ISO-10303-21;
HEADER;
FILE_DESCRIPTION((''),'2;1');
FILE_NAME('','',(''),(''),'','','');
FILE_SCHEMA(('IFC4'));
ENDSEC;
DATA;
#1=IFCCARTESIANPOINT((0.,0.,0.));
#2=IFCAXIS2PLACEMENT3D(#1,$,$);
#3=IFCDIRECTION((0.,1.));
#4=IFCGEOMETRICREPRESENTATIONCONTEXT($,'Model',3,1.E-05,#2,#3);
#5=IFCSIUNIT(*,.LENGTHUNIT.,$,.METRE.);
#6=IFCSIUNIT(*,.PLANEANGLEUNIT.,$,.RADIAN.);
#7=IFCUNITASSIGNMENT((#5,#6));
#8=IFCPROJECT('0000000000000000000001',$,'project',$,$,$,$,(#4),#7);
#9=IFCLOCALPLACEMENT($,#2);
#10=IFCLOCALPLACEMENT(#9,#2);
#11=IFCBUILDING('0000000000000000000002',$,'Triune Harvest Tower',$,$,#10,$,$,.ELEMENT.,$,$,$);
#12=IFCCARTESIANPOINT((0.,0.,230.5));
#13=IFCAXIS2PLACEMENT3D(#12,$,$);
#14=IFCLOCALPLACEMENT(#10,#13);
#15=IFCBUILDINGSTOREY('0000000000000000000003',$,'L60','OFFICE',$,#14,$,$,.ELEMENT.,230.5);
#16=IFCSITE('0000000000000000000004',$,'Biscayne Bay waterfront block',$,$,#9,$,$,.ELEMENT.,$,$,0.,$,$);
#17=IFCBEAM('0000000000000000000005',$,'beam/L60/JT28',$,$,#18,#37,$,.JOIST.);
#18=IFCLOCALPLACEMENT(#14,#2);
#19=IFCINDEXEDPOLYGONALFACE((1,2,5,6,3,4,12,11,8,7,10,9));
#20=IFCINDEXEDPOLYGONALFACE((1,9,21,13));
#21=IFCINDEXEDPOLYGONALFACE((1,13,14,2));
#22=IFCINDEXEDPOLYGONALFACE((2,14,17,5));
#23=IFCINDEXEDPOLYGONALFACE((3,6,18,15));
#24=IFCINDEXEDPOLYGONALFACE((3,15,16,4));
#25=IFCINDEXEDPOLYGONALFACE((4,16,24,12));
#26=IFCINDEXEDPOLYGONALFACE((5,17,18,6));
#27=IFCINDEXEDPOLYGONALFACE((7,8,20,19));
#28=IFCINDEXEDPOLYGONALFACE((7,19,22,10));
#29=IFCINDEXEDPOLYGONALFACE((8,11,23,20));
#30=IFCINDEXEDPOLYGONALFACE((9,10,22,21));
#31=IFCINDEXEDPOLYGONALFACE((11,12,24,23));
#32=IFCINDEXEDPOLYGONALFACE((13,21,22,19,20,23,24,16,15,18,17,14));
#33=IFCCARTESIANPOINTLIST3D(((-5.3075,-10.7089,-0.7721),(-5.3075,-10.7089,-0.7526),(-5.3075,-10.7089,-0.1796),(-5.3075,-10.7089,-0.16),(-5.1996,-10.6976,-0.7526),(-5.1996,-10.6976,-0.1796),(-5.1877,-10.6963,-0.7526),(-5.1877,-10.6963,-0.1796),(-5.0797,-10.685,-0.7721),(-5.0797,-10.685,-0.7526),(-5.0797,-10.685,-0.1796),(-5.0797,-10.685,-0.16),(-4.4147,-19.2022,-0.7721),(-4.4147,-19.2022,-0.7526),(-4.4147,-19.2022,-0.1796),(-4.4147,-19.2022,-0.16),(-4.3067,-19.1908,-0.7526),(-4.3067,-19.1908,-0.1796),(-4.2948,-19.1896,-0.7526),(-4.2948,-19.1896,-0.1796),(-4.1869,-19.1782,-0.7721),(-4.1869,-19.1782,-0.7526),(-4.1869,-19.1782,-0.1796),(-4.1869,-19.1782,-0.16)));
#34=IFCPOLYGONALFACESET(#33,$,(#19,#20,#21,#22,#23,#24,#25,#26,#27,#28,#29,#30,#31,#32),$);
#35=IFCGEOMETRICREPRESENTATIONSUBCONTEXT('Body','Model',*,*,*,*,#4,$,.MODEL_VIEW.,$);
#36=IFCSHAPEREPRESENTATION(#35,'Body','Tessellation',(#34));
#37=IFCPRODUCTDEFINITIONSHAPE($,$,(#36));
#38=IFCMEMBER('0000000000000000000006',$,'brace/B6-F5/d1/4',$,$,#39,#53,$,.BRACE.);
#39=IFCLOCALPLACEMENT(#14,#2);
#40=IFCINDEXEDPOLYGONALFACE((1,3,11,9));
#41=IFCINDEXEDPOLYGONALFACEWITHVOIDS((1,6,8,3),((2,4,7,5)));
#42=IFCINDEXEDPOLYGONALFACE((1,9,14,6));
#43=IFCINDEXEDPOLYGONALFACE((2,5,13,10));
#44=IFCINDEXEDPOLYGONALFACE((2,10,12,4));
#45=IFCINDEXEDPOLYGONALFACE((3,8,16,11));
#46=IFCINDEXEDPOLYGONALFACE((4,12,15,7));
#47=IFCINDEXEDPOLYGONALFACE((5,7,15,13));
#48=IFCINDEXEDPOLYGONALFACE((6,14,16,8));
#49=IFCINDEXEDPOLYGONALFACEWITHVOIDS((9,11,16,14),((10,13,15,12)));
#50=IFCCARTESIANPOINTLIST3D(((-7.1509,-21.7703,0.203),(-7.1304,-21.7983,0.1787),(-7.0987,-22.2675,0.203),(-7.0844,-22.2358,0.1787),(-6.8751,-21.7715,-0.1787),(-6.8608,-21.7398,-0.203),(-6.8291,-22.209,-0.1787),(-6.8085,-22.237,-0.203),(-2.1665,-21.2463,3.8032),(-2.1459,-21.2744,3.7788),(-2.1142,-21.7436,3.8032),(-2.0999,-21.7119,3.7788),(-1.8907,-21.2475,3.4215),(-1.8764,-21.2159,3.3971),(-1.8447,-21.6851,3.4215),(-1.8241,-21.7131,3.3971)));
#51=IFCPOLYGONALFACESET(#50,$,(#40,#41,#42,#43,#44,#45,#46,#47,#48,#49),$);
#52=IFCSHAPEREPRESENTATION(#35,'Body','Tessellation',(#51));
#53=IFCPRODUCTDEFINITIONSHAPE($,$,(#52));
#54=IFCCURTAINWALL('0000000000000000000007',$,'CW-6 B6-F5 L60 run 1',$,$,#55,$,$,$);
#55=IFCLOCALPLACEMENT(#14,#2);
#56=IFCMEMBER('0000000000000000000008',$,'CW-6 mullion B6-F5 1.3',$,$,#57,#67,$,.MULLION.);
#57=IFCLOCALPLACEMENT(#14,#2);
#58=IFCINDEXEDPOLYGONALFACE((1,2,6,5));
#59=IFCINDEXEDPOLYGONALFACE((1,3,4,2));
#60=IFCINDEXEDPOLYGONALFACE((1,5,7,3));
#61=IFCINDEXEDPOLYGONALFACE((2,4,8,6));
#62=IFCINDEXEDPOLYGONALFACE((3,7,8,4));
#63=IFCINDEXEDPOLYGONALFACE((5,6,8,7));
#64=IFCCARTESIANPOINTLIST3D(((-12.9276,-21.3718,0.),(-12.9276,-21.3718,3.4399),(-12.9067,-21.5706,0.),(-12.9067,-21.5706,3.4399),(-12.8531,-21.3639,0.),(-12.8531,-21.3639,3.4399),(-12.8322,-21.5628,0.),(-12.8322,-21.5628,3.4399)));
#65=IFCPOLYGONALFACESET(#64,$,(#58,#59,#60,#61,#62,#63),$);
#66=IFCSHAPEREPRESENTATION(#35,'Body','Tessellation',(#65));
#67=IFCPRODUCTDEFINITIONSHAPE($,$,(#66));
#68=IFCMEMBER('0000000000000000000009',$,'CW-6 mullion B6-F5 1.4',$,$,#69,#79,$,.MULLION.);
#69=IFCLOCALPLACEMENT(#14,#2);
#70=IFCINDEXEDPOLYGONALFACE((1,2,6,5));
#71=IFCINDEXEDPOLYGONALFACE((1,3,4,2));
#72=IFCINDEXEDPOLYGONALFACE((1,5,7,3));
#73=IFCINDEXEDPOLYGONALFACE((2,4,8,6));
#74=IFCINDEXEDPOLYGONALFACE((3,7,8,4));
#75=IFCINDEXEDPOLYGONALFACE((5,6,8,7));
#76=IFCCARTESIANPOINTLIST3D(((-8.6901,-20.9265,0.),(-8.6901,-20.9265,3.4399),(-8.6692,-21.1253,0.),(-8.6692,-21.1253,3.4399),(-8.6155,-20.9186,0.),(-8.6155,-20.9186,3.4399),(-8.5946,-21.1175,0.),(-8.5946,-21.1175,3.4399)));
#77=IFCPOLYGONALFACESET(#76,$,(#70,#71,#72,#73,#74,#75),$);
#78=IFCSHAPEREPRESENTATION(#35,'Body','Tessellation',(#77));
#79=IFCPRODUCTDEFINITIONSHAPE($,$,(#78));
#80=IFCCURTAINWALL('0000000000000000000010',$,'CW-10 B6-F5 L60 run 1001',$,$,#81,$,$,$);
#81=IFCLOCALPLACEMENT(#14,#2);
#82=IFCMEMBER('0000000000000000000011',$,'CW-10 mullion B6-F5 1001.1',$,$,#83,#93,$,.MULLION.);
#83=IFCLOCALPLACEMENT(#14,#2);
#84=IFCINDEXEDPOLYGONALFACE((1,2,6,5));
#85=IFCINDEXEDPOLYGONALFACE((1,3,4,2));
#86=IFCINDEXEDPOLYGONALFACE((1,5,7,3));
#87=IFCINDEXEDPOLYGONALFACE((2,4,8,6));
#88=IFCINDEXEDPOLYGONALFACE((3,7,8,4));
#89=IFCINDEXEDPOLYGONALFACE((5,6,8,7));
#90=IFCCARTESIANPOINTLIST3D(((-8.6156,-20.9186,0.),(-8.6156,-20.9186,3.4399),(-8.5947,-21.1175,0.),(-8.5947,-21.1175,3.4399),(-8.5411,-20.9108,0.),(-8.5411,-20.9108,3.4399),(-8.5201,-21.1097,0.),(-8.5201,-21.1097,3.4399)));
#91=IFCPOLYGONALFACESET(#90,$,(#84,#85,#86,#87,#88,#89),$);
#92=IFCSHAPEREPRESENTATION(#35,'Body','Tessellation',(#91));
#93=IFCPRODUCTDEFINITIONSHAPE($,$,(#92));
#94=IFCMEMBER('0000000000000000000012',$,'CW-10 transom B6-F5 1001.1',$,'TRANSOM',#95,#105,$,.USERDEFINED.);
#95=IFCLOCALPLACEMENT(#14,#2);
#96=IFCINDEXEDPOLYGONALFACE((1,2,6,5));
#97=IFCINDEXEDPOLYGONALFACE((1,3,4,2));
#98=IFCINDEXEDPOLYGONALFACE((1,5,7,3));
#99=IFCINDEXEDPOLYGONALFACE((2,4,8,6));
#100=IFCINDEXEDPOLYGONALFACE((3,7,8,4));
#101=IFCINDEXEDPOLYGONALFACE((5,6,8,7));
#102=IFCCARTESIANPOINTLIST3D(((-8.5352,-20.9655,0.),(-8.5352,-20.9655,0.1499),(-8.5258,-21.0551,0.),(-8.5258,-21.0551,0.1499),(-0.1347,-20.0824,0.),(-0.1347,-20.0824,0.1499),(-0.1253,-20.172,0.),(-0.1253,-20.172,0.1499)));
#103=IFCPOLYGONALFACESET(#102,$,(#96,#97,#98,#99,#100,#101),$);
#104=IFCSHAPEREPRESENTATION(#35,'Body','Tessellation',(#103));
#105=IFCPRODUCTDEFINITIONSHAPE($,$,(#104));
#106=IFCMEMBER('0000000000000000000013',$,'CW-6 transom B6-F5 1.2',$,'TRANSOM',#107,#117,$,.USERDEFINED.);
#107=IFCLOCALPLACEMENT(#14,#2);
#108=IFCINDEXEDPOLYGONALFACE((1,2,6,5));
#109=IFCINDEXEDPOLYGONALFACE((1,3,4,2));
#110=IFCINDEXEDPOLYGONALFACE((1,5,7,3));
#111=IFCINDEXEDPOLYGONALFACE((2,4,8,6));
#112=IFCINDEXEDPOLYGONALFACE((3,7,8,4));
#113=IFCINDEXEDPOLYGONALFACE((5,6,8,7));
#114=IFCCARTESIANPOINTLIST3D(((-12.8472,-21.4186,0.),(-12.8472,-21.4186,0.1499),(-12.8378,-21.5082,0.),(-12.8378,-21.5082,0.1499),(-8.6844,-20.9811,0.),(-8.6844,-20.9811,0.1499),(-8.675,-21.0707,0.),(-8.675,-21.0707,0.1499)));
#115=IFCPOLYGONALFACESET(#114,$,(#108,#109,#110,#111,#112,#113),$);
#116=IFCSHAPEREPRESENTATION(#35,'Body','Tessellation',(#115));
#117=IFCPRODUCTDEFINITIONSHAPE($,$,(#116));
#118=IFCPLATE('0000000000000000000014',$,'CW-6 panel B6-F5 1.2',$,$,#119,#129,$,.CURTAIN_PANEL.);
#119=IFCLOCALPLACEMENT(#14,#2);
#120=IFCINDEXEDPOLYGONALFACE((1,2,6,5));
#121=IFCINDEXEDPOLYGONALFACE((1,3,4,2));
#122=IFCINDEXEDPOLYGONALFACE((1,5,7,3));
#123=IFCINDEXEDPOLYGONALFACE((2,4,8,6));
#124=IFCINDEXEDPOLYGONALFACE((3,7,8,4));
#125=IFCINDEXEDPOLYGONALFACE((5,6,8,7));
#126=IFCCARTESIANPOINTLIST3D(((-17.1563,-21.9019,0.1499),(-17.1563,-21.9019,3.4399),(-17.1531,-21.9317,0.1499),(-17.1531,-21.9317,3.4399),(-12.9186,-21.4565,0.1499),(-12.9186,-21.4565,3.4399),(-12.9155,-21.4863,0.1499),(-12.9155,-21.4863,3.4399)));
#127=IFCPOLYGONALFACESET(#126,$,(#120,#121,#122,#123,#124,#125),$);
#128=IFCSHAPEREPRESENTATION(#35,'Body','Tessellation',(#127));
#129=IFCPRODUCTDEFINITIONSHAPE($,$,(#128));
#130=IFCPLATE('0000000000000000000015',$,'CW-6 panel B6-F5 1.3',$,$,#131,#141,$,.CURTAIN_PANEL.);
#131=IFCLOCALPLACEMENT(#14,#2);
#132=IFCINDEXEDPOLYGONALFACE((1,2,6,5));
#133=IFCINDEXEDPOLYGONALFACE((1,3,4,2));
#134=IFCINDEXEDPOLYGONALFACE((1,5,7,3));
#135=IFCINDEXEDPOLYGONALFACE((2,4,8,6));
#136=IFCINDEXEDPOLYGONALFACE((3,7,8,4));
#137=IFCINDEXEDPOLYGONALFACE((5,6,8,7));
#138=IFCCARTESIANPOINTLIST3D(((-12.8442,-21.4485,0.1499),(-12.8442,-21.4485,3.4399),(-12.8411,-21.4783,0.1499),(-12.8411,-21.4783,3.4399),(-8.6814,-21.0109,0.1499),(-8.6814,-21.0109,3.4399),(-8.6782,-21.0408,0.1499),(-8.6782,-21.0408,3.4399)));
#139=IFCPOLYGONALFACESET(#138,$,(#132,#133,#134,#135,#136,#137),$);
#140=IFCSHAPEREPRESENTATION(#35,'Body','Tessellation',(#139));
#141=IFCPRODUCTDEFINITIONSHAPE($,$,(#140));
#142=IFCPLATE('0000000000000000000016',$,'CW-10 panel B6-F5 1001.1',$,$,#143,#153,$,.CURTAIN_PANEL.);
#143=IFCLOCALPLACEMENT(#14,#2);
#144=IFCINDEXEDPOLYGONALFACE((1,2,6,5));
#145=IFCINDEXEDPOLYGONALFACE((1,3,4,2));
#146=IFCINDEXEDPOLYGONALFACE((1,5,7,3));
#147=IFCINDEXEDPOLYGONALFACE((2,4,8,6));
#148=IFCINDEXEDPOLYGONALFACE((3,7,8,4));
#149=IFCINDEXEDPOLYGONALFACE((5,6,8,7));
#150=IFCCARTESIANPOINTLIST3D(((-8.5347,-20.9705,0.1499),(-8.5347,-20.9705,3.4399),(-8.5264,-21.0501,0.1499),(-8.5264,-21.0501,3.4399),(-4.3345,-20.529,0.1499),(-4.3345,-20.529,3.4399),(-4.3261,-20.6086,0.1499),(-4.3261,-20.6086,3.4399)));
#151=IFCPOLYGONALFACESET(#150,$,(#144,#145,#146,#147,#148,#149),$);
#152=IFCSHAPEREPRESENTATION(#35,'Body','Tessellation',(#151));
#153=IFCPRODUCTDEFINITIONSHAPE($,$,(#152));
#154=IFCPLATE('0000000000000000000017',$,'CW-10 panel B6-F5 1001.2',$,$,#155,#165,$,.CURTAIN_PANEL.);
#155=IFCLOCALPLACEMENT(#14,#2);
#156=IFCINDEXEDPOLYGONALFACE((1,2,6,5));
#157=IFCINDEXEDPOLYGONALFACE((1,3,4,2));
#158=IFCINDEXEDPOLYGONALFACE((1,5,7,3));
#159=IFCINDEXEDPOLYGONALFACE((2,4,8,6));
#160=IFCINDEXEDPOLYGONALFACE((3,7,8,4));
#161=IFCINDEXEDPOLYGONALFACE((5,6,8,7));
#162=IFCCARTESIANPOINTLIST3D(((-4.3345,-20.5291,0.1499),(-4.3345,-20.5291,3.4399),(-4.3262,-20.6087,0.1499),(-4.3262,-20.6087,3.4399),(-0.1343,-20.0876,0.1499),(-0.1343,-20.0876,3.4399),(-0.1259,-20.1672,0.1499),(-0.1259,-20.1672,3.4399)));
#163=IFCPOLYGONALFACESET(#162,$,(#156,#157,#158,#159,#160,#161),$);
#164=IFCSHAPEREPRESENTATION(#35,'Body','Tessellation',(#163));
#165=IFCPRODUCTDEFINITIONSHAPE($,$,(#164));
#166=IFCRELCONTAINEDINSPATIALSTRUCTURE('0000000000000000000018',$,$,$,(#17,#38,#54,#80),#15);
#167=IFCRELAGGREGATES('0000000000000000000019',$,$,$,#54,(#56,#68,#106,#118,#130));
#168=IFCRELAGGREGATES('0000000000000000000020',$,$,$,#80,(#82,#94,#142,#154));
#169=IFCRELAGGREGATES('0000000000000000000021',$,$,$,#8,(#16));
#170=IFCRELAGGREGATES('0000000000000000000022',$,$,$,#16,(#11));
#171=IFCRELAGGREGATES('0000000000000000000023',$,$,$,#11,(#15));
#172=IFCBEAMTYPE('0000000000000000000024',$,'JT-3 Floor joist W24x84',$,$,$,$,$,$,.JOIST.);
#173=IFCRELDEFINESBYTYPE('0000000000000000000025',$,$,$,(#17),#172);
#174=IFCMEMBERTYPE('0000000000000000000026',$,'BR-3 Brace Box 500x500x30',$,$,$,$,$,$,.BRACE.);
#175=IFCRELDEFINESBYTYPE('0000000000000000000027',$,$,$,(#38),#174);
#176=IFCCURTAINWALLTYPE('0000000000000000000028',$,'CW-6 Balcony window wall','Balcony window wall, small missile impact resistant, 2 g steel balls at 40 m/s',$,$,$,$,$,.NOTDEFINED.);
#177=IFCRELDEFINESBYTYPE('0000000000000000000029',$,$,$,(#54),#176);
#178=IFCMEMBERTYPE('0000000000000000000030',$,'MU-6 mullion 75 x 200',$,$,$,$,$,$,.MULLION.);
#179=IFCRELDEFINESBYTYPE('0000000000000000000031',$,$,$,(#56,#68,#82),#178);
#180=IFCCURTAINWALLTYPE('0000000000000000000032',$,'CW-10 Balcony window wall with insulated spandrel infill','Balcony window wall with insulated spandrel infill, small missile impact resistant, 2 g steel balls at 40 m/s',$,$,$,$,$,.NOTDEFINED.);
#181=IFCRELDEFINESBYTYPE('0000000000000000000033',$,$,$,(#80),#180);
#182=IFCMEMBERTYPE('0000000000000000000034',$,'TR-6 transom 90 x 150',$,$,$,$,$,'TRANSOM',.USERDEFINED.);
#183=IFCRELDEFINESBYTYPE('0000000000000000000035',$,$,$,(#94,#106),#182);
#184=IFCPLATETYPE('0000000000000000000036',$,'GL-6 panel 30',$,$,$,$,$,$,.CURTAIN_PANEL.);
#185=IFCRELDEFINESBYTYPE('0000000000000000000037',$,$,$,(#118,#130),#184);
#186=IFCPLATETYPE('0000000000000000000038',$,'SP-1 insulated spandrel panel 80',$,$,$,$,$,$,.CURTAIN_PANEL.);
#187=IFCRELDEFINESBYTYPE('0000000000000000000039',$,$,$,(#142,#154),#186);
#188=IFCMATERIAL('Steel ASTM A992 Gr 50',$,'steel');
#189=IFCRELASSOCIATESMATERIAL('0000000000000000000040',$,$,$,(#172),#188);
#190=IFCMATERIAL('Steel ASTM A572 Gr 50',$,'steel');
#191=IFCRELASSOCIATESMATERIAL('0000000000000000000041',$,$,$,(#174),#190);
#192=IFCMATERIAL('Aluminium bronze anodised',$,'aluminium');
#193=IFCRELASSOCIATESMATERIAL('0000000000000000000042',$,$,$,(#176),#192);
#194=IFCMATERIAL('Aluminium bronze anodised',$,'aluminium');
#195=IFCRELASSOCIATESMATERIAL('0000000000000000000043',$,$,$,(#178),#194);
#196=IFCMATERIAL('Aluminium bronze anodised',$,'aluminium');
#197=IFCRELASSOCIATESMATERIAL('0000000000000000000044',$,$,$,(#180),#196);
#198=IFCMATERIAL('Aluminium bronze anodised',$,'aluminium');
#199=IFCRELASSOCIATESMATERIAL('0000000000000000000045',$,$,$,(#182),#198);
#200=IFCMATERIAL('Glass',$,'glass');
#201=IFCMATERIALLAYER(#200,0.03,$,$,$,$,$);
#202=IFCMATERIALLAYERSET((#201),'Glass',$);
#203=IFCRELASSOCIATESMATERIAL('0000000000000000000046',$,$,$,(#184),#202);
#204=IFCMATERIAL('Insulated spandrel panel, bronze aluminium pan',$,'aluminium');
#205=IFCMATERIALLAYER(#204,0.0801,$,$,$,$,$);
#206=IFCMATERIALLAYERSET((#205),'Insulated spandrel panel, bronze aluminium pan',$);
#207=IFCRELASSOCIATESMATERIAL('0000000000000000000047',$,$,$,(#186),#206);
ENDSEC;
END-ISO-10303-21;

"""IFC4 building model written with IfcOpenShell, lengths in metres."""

from ifc_helpers import new_model, si_unit, direction, frame, origin, origin_2d, place, context, subcontext, project, spatial, rectangle, hollow_rectangle, i_section, extrude, source, transform, mapped, material, layer, layer_set, material_profile, profile_set, type_object, element, aggregate, save


model = new_model("IFC4")

# Units and contexts
model_context = context("Model", 3, precision=1e-05, world=origin(), true_north=direction((0.0, 1.0)))
body_context = subcontext(model_context, "Body", "Model", "MODEL_VIEW")
ifc_project = project(units=[si_unit("LENGTHUNIT", "METRE"), si_unit("PLANEANGLEUNIT", "RADIAN")], contexts=[model_context])

# Site, building, storey
site_placement = place(None, origin())
site = spatial("IfcSite", under=ifc_project, at=site_placement, Name="Biscayne Bay waterfront block", CompositionType="ELEMENT", RefElevation=0.0)
building_placement = place(site_placement, origin())
building = spatial("IfcBuilding", under=site, at=building_placement, Name="Triune Harvest Tower", CompositionType="ELEMENT")
storey_placement = place(building_placement, frame((0.0, 0.0, 230.5)))
storey = spatial("IfcBuildingStorey", under=building, at=storey_placement, Name="L60", Description="OFFICE", CompositionType="ELEMENT", Elevation=230.5)

# Beam
ifc_material_1 = material(Name="Steel ASTM A992 Gr 50", Category="steel")
ifc_material_profile_1 = material_profile(ifc_material_1, i_section(OverallWidth=0.229, OverallDepth=0.6121, WebThickness=0.012, FlangeThickness=0.0195, at=origin_2d()), Name="W24x84")
ifc_profile_set_1 = profile_set([ifc_material_profile_1], Name="Steel ASTM A992 Gr 50")
beam_type_1 = type_object("IfcBeamType", Name="JT-3 Floor joist W24x84", PredefinedType="JOIST", material=ifc_profile_set_1)
shared_shape_1 = source(origin(), body_context, "Body", "SweptSolid", [
    extrude(i_section(OverallWidth=0.229, OverallDepth=0.6121, WebThickness=0.012, FlangeThickness=0.0195, at=origin_2d()), origin(), (0.0, 0.0, 1.0), 8.54),
])
beam_1_placement = place(storey_placement, frame((-4.3008, -19.1902, -0.4661), z_axis=(-0.104546, 0.99452, 0.0), x_axis=(-0.99452, -0.104546, 0.0)))
element("IfcBeam", 1, at=beam_1_placement, inside=storey, type_object=beam_type_1, Name="beam/L60/JT28", PredefinedType="JOIST", context=body_context, shape_type="MappedRepresentation", body=[
    mapped(shared_shape_1, transform((0.0, 0.0, 0.0), scale=1.0)),
])

# Member
ifc_material_2 = material(Name="Steel ASTM A572 Gr 50", Category="steel")
ifc_material_profile_2 = material_profile(ifc_material_2, hollow_rectangle(XDim=0.5, YDim=0.5, WallThickness=0.03, at=origin_2d()), Name="Box 500x500x30")
ifc_profile_set_2 = profile_set([ifc_material_profile_2], Name="Steel ASTM A572 Gr 50")
member_type_1 = type_object("IfcMemberType", Name="BR-3 Brace Box 500x500x30", PredefinedType="BRACE", material=ifc_profile_set_2)
shared_shape_2 = source(origin(), body_context, "Body", "SweptSolid", [
    extrude(hollow_rectangle(XDim=0.5, YDim=0.5, WallThickness=0.03, at=origin_2d()), origin(), (0.0, 0.0, 1.0), 6.1709),
])
member_1_placement = place(storey_placement, frame((-6.9797, -22.0037, 0.0), z_axis=(0.807731, 0.084904, 0.583405), x_axis=(-0.104538, 0.994521, 0.0)))
element("IfcMember", 2, at=member_1_placement, inside=storey, type_object=member_type_1, Name="brace/B6-F5/d1/4", PredefinedType="BRACE", context=body_context, shape_type="MappedRepresentation", body=[
    mapped(shared_shape_2, transform((0.0, 0.0, 0.0), scale=1.0)),
])

# Curtain walls, members
ifc_material_3 = material(Name="Aluminium bronze anodised", Category="aluminium")
curtain_wall_type_1 = type_object("IfcCurtainWallType", Name="CW-6 Balcony window wall", Description="Balcony window wall, small missile impact resistant, 2 g steel balls at 40 m/s", PredefinedType="NOTDEFINED", material=ifc_material_3)
curtain_wall_1_placement = place(storey_placement, origin())
curtain_wall_1 = element("IfcCurtainWall", 3, at=curtain_wall_1_placement, inside=storey, type_object=curtain_wall_type_1, Name="CW-6 B6-F5 L60 run 1")
ifc_material_4 = material(Name="Aluminium bronze anodised", Category="aluminium")
ifc_material_profile_3 = material_profile(ifc_material_4, rectangle(XDim=0.2, YDim=0.075, at=origin_2d()), Name="MU-6 mullion 75 x 200")
ifc_profile_set_3 = profile_set([ifc_material_profile_3], Name="Aluminium bronze anodised")
member_type_2 = type_object("IfcMemberType", Name="MU-6 mullion 75 x 200", PredefinedType="MULLION", material=ifc_profile_set_3)
shared_shape_3 = source(origin(), body_context, "Body", "SweptSolid", [
    extrude(rectangle(XDim=0.2, YDim=0.075, at=origin_2d()), origin(), (0.0, 0.0, 1.0), 3.4399),
])
member_2_placement = place(storey_placement, frame((-12.8799, -21.4673, 0.0), z_axis=(0.0, 0.0, 1.0), x_axis=(-0.104527, 0.994522, 0.0)))
member_2 = element("IfcMember", 4, at=member_2_placement, type_object=member_type_2, Name="CW-6 mullion B6-F5 1.3", PredefinedType="MULLION", context=body_context, shape_type="MappedRepresentation", body=[
    mapped(shared_shape_3, transform((0.0, 0.0, 0.0), scale=1.0)),
])
member_3_placement = place(storey_placement, frame((-8.6423, -21.022, 0.0), z_axis=(0.0, 0.0, 1.0), x_axis=(-0.104527, 0.994522, 0.0)))
member_3 = element("IfcMember", 5, at=member_3_placement, type_object=member_type_2, Name="CW-6 mullion B6-F5 1.4", PredefinedType="MULLION", context=body_context, shape_type="MappedRepresentation", body=[
    mapped(shared_shape_3, transform((0.0, 0.0, 0.0), scale=1.0)),
])
ifc_material_5 = material(Name="Aluminium bronze anodised", Category="aluminium")
curtain_wall_type_2 = type_object("IfcCurtainWallType", Name="CW-10 Balcony window wall with insulated spandrel infill", Description="Balcony window wall with insulated spandrel infill, small missile impact resistant, 2 g steel balls at 40 m/s", PredefinedType="NOTDEFINED", material=ifc_material_5)
curtain_wall_2_placement = place(storey_placement, origin())
curtain_wall_2 = element("IfcCurtainWall", 6, at=curtain_wall_2_placement, inside=storey, type_object=curtain_wall_type_2, Name="CW-10 B6-F5 L60 run 1001")
member_4_placement = place(storey_placement, frame((-8.5679, -21.0142, 0.0), z_axis=(0.0, 0.0, 1.0), x_axis=(-0.104534, 0.994521, 0.0)))
member_4 = element("IfcMember", 7, at=member_4_placement, type_object=member_type_2, Name="CW-10 mullion B6-F5 1001.1", PredefinedType="MULLION", context=body_context, shape_type="MappedRepresentation", body=[
    mapped(shared_shape_3, transform((0.0, 0.0, 0.0), scale=1.0)),
])
ifc_material_6 = material(Name="Aluminium bronze anodised", Category="aluminium")
ifc_material_profile_4 = material_profile(ifc_material_6, rectangle(XDim=0.0901, YDim=0.1499, at=origin_2d()), Name="TR-6 transom 90 x 150")
ifc_profile_set_4 = profile_set([ifc_material_profile_4], Name="Aluminium bronze anodised")
member_type_3 = type_object("IfcMemberType", Name="TR-6 transom 90 x 150", ElementType="TRANSOM", PredefinedType="USERDEFINED", material=ifc_profile_set_4)
shared_shape_4 = source(origin(), body_context, "Body", "SweptSolid", [
    extrude(rectangle(XDim=0.0901, YDim=0.1499, at=origin_2d()), origin(), (0.0, 0.0, 1.0), 8.4468),
])
member_5_placement = place(storey_placement, frame((-8.5305, -21.0103, 0.075), z_axis=(0.99452, 0.104545, 0.0), x_axis=(-0.104545, 0.99452, 0.0)))
member_5 = element("IfcMember", 8, at=member_5_placement, type_object=member_type_3, Name="CW-10 transom B6-F5 1001.1", ObjectType="TRANSOM", PredefinedType="USERDEFINED", context=body_context, shape_type="MappedRepresentation", body=[
    mapped(shared_shape_4, transform((0.0, 0.0, 0.0), scale=1.0)),
])

# Member
shared_shape_5 = source(origin(), body_context, "Body", "SweptSolid", [
    extrude(rectangle(XDim=0.0901, YDim=0.1499, at=origin_2d()), origin(), (0.0, 0.0, 1.0), 4.1858),
])
member_6_placement = place(storey_placement, frame((-12.8425, -21.4634, 0.075), z_axis=(0.994523, 0.104521, 0.0), x_axis=(-0.104521, 0.994523, 0.0)))
member_6 = element("IfcMember", 9, at=member_6_placement, type_object=member_type_3, Name="CW-6 transom B6-F5 1.2", ObjectType="TRANSOM", PredefinedType="USERDEFINED", context=body_context, shape_type="MappedRepresentation", body=[
    mapped(shared_shape_5, transform((0.0, 0.0, 0.0), scale=1.0)),
])

# Plates
ifc_material_7 = material(Name="Glass", Category="glass")
ifc_layer_1 = layer(ifc_material_7, 0.03)
ifc_layer_set_1 = layer_set([ifc_layer_1], Name="Glass")
plate_type_1 = type_object("IfcPlateType", Name="GL-6 panel 30", PredefinedType="CURTAIN_PANEL", material=ifc_layer_set_1)
shared_shape_6 = source(origin(), body_context, "Body", "SweptSolid", [
    extrude(rectangle(XDim=4.261, YDim=0.03, at=origin_2d()), origin(), (0.0, 0.0, 1.0), 3.29),
])
plate_1_placement = place(storey_placement, frame((-15.0359, -21.6941, 0.1499), z_axis=(0.0, 0.0, 1.0), x_axis=(0.994522, 0.104527, 0.0)))
plate_1 = element("IfcPlate", 10, at=plate_1_placement, type_object=plate_type_1, Name="CW-6 panel B6-F5 1.2", PredefinedType="CURTAIN_PANEL", context=body_context, shape_type="MappedRepresentation", body=[
    mapped(shared_shape_6, transform((0.0, 0.0, 0.0), scale=1.0)),
])
shared_shape_7 = source(origin(), body_context, "Body", "SweptSolid", [
    extrude(rectangle(XDim=4.1858, YDim=0.03, at=origin_2d()), origin(), (0.0, 0.0, 1.0), 3.29),
])
plate_2_placement = place(storey_placement, frame((-10.7612, -21.2446, 0.1499), z_axis=(0.0, 0.0, 1.0), x_axis=(0.994522, 0.104527, 0.0)))
plate_2 = element("IfcPlate", 11, at=plate_2_placement, type_object=plate_type_1, Name="CW-6 panel B6-F5 1.3", PredefinedType="CURTAIN_PANEL", context=body_context, shape_type="MappedRepresentation", body=[
    mapped(shared_shape_7, transform((0.0, 0.0, 0.0), scale=1.0)),
])
aggregate(curtain_wall_1, [member_2, member_3, member_6, plate_1, plate_2])
ifc_material_8 = material(Name="Insulated spandrel panel, bronze aluminium pan", Category="aluminium")
ifc_layer_2 = layer(ifc_material_8, 0.0801)
ifc_layer_set_2 = layer_set([ifc_layer_2], Name="Insulated spandrel panel, bronze aluminium pan")
plate_type_2 = type_object("IfcPlateType", Name="SP-1 insulated spandrel panel 80", PredefinedType="CURTAIN_PANEL", material=ifc_layer_set_2)
shared_shape_8 = source(origin(), body_context, "Body", "SweptSolid", [
    extrude(rectangle(XDim=4.2234, YDim=0.0801, at=origin_2d()), origin(), (0.0, 0.0, 1.0), 3.29),
])
plate_3_placement = place(storey_placement, frame((-6.4304, -20.7896, 0.1499), z_axis=(0.0, 0.0, 1.0), x_axis=(0.994521, 0.104534, 0.0)))
plate_3 = element("IfcPlate", 12, at=plate_3_placement, type_object=plate_type_2, Name="CW-10 panel B6-F5 1001.1", PredefinedType="CURTAIN_PANEL", context=body_context, shape_type="MappedRepresentation", body=[
    mapped(shared_shape_8, transform((0.0, 0.0, 0.0), scale=1.0)),
])
plate_4_placement = place(storey_placement, frame((-2.2302, -20.3481, 0.1499), z_axis=(0.0, 0.0, 1.0), x_axis=(0.994521, 0.104534, 0.0)))
plate_4 = element("IfcPlate", 13, at=plate_4_placement, type_object=plate_type_2, Name="CW-10 panel B6-F5 1001.2", PredefinedType="CURTAIN_PANEL", context=body_context, shape_type="MappedRepresentation", body=[
    mapped(shared_shape_8, transform((0.0, 0.0, 0.0), scale=1.0)),
])
aggregate(curtain_wall_2, [member_4, member_5, plate_3, plate_4])

save(model, "model.ifc")
